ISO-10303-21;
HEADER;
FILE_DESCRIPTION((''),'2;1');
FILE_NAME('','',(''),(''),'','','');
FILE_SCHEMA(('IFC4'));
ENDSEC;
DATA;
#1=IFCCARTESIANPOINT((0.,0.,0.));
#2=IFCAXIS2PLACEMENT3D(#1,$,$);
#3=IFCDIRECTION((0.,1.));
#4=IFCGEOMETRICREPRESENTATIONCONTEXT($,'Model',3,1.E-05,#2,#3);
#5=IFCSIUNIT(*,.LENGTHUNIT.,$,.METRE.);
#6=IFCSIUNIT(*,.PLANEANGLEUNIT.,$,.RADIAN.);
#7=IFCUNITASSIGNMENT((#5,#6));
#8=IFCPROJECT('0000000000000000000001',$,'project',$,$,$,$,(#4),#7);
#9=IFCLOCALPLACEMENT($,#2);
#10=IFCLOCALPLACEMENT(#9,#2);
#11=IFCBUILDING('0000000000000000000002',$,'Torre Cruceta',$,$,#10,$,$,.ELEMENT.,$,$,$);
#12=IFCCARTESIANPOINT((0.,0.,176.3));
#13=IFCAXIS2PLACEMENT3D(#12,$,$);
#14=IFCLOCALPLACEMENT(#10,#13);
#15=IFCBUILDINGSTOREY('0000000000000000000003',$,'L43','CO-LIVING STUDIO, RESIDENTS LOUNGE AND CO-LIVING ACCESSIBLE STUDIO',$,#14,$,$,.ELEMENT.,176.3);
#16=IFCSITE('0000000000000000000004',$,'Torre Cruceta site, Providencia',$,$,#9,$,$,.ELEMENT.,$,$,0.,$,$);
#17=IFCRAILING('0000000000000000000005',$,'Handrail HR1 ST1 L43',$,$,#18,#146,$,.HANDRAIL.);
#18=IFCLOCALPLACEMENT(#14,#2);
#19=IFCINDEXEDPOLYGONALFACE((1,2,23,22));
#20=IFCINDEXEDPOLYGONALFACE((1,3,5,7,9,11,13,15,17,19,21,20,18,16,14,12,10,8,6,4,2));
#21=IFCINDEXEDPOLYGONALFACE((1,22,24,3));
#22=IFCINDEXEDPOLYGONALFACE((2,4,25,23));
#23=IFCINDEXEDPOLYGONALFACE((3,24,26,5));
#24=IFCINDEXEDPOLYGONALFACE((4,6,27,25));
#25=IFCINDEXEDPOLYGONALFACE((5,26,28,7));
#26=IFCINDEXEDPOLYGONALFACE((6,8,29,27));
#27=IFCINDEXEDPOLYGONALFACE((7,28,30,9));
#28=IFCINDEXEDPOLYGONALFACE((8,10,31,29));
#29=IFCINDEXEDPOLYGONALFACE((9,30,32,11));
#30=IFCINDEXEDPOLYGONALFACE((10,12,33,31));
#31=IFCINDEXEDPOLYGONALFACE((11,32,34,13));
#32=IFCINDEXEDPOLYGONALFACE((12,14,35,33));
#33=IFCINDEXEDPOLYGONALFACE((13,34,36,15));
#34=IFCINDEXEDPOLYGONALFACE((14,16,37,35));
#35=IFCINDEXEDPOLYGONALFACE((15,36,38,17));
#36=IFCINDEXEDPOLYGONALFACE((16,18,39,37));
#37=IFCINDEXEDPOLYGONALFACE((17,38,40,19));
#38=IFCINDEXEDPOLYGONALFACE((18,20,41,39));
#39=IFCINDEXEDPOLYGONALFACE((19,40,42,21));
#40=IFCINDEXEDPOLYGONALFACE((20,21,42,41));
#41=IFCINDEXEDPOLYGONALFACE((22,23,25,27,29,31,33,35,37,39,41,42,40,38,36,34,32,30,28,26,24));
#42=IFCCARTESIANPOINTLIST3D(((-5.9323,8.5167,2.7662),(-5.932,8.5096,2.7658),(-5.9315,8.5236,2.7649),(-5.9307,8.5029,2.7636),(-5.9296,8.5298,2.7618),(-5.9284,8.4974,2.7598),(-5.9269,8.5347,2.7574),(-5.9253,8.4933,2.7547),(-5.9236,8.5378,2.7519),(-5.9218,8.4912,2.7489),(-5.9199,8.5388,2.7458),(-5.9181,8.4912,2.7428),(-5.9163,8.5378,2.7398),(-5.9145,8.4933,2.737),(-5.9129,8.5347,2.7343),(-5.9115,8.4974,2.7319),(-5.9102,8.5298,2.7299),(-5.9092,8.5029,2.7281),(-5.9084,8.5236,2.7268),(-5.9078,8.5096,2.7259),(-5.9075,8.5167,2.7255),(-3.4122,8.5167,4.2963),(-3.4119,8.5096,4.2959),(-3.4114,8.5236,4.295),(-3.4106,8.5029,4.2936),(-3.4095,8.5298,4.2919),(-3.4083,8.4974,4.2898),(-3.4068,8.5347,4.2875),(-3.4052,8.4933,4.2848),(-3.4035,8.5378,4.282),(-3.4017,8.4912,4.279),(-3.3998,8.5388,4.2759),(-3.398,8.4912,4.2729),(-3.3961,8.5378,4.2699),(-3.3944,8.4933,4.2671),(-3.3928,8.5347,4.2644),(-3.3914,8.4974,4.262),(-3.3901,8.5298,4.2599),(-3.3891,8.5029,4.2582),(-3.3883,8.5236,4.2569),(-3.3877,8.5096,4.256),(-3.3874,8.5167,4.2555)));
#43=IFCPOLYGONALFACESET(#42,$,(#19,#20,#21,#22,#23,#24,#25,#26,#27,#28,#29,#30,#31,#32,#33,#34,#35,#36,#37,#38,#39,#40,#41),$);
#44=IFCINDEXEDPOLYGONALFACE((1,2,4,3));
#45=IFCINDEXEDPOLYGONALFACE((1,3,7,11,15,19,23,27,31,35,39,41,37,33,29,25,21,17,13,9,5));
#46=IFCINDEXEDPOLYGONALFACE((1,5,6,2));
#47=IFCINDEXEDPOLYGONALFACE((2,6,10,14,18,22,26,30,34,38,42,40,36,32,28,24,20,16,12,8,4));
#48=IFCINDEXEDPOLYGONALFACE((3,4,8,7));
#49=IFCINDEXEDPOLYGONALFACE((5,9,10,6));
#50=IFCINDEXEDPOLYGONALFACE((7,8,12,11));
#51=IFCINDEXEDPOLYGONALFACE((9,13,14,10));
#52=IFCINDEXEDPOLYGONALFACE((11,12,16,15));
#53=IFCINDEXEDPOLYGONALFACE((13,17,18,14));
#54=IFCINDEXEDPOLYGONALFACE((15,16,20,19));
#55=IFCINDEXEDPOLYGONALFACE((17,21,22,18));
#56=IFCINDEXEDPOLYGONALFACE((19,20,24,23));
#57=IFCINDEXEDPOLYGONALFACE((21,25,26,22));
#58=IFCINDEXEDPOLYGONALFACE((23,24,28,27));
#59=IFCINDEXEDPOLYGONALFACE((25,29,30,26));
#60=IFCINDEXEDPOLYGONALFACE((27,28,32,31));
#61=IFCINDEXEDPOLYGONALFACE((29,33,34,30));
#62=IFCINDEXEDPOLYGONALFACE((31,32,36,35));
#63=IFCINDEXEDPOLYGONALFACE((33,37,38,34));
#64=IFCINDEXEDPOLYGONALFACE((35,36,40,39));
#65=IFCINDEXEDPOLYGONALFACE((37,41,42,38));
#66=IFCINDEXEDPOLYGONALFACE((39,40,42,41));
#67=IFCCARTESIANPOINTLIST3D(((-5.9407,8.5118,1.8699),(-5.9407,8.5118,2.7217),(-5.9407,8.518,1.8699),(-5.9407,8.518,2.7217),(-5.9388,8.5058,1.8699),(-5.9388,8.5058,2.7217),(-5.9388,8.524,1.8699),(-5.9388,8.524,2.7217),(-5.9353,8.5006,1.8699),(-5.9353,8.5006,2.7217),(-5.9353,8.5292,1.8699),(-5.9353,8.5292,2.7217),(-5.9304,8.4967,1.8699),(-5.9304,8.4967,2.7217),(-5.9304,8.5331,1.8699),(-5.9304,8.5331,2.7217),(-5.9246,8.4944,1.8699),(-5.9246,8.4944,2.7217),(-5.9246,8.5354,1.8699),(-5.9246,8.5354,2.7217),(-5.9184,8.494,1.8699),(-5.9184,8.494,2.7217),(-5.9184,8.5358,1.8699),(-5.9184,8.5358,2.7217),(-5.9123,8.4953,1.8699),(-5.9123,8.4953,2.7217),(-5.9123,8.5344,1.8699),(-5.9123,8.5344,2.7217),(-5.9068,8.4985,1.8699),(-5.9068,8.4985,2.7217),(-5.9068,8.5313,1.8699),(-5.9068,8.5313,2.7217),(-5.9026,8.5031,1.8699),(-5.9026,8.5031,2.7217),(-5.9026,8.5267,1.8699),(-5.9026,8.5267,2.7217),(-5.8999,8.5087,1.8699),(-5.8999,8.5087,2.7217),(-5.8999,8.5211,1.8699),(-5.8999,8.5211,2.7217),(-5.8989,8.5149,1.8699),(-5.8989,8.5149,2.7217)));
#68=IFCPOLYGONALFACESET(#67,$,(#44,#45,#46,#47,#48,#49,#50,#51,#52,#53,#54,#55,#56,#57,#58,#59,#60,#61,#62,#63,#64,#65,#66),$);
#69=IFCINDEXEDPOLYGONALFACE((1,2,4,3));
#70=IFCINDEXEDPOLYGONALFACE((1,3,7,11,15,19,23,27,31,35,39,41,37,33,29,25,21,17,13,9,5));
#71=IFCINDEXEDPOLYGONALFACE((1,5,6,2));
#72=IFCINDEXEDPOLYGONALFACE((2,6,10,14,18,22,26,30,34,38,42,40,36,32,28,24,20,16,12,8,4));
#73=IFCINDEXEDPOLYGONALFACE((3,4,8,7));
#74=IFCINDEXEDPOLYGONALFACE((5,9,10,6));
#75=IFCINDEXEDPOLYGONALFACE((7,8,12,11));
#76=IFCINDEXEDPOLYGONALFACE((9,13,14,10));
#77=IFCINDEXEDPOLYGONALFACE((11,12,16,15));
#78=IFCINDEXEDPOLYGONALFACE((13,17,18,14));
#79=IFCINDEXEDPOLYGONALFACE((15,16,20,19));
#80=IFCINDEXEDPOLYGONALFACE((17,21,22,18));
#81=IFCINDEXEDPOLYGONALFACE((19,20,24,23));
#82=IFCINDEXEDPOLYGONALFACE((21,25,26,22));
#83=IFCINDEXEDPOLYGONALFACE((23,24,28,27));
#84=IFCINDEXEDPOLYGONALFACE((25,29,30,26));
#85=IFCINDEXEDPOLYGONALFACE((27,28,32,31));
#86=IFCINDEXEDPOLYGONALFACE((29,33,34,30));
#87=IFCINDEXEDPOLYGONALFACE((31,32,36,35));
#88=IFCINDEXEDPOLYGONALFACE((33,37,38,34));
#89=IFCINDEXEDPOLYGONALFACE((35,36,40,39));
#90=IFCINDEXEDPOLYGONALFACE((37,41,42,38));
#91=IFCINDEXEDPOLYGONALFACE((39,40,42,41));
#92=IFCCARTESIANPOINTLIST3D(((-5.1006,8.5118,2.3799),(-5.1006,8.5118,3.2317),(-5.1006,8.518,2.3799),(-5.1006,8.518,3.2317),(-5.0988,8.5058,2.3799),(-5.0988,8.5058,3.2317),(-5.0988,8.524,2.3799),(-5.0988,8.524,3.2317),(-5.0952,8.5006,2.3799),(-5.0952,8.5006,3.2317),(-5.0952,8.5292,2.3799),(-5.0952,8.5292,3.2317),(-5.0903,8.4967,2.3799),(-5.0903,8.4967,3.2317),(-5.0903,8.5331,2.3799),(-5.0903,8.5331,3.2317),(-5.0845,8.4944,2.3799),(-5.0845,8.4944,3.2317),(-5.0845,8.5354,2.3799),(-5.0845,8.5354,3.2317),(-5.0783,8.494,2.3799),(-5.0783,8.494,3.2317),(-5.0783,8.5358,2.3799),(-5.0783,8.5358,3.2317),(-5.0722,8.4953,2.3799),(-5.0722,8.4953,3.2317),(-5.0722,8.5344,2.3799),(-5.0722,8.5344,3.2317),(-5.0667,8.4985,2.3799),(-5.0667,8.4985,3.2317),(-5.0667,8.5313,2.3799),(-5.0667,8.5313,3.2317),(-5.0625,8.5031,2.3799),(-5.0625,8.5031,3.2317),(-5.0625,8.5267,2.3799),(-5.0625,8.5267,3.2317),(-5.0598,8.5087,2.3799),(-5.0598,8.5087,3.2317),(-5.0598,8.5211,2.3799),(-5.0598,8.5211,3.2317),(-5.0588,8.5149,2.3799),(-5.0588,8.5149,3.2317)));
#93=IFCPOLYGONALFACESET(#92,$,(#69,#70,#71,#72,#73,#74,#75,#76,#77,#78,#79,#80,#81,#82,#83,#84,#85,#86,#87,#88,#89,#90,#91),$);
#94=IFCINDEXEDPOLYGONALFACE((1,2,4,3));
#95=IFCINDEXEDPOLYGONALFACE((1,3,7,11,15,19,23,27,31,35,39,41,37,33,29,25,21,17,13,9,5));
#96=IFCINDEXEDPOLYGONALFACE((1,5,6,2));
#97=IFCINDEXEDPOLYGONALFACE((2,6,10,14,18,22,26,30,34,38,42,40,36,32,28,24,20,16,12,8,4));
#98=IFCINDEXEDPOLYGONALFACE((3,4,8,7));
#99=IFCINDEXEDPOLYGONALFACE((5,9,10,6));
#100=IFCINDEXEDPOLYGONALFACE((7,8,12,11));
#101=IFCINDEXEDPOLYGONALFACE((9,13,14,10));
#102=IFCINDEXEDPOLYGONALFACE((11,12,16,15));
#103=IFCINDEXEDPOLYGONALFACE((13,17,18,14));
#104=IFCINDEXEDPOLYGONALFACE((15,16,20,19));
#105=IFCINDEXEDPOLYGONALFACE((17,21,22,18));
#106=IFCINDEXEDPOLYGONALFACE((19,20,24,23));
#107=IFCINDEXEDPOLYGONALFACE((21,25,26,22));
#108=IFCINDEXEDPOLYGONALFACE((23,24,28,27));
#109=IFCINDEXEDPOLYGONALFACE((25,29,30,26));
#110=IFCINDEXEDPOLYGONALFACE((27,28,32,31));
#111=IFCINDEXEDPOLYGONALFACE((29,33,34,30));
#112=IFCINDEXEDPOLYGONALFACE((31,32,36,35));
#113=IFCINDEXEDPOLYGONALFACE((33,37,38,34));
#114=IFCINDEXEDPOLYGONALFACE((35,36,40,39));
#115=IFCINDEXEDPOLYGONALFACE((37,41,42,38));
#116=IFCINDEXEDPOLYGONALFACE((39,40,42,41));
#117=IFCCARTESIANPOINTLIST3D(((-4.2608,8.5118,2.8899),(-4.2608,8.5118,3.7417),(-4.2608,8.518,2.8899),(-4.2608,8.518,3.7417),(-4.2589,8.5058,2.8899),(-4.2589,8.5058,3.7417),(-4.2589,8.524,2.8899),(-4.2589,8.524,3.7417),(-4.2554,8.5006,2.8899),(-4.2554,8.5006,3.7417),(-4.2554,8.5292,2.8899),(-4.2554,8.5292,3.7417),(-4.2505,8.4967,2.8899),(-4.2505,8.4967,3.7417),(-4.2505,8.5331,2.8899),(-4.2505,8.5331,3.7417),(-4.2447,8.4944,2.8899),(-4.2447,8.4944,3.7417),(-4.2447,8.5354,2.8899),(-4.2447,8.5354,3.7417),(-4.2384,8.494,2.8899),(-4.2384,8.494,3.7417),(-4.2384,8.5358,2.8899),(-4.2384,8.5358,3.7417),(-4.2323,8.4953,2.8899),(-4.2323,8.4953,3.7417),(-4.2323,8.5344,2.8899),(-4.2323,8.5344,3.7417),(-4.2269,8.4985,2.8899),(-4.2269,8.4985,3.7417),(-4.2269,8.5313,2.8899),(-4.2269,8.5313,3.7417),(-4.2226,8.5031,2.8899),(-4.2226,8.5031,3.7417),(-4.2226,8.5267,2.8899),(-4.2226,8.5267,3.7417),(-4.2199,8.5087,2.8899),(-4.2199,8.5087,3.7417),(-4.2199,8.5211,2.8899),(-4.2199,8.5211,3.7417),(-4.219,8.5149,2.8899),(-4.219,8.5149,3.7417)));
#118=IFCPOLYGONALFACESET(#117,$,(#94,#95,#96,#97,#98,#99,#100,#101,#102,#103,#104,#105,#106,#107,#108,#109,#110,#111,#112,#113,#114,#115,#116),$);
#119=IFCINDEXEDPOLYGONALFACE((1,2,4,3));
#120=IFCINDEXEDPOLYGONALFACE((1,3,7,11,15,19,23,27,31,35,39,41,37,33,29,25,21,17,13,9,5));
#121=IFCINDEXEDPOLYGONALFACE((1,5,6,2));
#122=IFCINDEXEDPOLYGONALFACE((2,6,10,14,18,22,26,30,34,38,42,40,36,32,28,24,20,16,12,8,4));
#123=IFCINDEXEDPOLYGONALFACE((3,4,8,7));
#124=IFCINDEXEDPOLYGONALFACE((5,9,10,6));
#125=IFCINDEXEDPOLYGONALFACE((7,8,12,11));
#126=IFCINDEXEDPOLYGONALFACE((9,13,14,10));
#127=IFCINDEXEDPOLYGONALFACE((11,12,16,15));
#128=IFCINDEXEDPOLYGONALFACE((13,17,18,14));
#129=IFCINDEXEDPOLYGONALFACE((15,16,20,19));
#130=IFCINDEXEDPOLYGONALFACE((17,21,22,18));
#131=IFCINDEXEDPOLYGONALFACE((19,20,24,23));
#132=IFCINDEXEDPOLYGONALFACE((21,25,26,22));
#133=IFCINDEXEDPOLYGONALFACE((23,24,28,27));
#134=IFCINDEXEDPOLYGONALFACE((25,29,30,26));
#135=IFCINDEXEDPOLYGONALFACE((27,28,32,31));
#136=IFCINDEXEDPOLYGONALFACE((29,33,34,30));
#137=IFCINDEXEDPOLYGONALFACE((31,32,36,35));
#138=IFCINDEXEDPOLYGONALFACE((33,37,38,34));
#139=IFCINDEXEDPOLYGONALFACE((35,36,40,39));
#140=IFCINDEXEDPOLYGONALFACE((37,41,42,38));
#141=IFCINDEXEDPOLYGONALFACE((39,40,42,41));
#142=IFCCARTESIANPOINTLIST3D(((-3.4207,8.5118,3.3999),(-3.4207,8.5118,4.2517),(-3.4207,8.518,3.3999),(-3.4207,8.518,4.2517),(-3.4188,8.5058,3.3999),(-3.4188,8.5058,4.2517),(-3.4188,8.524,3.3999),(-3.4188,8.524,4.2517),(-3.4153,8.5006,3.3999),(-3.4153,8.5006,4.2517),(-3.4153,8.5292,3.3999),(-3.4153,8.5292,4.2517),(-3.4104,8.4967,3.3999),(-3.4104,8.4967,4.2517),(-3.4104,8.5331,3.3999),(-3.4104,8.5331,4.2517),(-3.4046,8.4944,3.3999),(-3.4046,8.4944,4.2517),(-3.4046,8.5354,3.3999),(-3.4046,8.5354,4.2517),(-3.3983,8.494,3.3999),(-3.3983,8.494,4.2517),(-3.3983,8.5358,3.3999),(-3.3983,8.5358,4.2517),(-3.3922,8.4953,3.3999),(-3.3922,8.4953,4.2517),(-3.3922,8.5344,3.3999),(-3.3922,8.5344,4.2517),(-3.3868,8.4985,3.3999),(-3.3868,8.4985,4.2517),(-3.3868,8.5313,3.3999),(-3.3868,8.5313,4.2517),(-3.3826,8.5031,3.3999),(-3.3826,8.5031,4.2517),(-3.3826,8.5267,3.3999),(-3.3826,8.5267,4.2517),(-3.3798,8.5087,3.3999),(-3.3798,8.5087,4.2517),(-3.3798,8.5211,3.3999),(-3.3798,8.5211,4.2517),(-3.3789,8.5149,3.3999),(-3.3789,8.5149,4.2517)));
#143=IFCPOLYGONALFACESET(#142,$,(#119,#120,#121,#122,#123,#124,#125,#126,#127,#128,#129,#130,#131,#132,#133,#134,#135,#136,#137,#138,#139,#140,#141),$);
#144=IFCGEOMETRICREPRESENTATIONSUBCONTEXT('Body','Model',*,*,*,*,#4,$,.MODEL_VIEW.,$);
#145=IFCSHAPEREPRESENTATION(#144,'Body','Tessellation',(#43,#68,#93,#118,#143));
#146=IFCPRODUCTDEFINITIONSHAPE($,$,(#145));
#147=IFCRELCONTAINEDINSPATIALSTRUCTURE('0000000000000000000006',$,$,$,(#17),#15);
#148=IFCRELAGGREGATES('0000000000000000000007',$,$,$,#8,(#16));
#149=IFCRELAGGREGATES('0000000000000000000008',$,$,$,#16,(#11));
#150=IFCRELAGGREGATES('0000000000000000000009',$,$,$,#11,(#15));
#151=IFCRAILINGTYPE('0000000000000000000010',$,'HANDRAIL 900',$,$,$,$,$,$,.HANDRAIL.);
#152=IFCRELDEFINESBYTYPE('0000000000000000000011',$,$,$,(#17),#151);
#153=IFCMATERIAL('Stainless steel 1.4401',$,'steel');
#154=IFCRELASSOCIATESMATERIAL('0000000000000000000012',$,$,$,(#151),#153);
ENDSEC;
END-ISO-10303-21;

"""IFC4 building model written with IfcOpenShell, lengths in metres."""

from ifc_helpers import new_model, si_unit, direction, frame, origin, origin_2d, place, context, subcontext, project, spatial, circle, extrude, material, type_object, element, save


model = new_model("IFC4")

# Units and contexts
model_context = context("Model", 3, precision=1e-05, world=origin(), true_north=direction((0.0, 1.0)))
body_context = subcontext(model_context, "Body", "Model", "MODEL_VIEW")
ifc_project = project(units=[si_unit("LENGTHUNIT", "METRE"), si_unit("PLANEANGLEUNIT", "RADIAN")], contexts=[model_context])

# Site, building, storey
site_placement = place(None, origin())
site = spatial("IfcSite", under=ifc_project, at=site_placement, Name="Torre Cruceta site, Providencia", CompositionType="ELEMENT", RefElevation=0.0)
building_placement = place(site_placement, origin())
building = spatial("IfcBuilding", under=site, at=building_placement, Name="Torre Cruceta", CompositionType="ELEMENT")
storey_placement = place(building_placement, frame((0.0, 0.0, 176.3)))
storey = spatial("IfcBuildingStorey", under=building, at=storey_placement, Name="L43", Description="CO-LIVING STUDIO, RESIDENTS LOUNGE AND CO-LIVING ACCESSIBLE STUDIO", CompositionType="ELEMENT", Elevation=176.3)

# Railing
ifc_material_1 = material(Name="Stainless steel 1.4401", Category="steel")
railing_type = type_object("IfcRailingType", Name="HANDRAIL 900", PredefinedType="HANDRAIL", material=ifc_material_1)
railing_1_placement = place(storey_placement, frame((-5.9199, 8.5149, 1.8699)))
element("IfcRailing", 1, at=railing_1_placement, inside=storey, type_object=railing_type, Name="Handrail HR1 ST1 L43", PredefinedType="HANDRAIL", context=body_context, shape_type="SweptSolid", body=[
    extrude(circle(Radius=0.0239, at=origin_2d()), frame((0.0, 0.0, 0.876), z_axis=(0.854785, 0.0, 0.518982), x_axis=(0.0, 1.0, 0.0)), (0.0, 0.0, 1.0), 2.9482),
    extrude(circle(Radius=0.021, at=origin_2d()), origin(), (0.0, 0.0, 1.0), 0.8518),
    extrude(circle(Radius=0.021, at=origin_2d()), frame((0.8401, 0.0, 0.51)), (0.0, 0.0, 1.0), 0.8518),
    extrude(circle(Radius=0.021, at=origin_2d()), frame((1.6799, 0.0, 1.02)), (0.0, 0.0, 1.0), 0.8518),
    extrude(circle(Radius=0.021, at=origin_2d()), frame((2.52, 0.0, 1.53)), (0.0, 0.0, 1.0), 0.8518),
])

save(model, "model.ifc")
